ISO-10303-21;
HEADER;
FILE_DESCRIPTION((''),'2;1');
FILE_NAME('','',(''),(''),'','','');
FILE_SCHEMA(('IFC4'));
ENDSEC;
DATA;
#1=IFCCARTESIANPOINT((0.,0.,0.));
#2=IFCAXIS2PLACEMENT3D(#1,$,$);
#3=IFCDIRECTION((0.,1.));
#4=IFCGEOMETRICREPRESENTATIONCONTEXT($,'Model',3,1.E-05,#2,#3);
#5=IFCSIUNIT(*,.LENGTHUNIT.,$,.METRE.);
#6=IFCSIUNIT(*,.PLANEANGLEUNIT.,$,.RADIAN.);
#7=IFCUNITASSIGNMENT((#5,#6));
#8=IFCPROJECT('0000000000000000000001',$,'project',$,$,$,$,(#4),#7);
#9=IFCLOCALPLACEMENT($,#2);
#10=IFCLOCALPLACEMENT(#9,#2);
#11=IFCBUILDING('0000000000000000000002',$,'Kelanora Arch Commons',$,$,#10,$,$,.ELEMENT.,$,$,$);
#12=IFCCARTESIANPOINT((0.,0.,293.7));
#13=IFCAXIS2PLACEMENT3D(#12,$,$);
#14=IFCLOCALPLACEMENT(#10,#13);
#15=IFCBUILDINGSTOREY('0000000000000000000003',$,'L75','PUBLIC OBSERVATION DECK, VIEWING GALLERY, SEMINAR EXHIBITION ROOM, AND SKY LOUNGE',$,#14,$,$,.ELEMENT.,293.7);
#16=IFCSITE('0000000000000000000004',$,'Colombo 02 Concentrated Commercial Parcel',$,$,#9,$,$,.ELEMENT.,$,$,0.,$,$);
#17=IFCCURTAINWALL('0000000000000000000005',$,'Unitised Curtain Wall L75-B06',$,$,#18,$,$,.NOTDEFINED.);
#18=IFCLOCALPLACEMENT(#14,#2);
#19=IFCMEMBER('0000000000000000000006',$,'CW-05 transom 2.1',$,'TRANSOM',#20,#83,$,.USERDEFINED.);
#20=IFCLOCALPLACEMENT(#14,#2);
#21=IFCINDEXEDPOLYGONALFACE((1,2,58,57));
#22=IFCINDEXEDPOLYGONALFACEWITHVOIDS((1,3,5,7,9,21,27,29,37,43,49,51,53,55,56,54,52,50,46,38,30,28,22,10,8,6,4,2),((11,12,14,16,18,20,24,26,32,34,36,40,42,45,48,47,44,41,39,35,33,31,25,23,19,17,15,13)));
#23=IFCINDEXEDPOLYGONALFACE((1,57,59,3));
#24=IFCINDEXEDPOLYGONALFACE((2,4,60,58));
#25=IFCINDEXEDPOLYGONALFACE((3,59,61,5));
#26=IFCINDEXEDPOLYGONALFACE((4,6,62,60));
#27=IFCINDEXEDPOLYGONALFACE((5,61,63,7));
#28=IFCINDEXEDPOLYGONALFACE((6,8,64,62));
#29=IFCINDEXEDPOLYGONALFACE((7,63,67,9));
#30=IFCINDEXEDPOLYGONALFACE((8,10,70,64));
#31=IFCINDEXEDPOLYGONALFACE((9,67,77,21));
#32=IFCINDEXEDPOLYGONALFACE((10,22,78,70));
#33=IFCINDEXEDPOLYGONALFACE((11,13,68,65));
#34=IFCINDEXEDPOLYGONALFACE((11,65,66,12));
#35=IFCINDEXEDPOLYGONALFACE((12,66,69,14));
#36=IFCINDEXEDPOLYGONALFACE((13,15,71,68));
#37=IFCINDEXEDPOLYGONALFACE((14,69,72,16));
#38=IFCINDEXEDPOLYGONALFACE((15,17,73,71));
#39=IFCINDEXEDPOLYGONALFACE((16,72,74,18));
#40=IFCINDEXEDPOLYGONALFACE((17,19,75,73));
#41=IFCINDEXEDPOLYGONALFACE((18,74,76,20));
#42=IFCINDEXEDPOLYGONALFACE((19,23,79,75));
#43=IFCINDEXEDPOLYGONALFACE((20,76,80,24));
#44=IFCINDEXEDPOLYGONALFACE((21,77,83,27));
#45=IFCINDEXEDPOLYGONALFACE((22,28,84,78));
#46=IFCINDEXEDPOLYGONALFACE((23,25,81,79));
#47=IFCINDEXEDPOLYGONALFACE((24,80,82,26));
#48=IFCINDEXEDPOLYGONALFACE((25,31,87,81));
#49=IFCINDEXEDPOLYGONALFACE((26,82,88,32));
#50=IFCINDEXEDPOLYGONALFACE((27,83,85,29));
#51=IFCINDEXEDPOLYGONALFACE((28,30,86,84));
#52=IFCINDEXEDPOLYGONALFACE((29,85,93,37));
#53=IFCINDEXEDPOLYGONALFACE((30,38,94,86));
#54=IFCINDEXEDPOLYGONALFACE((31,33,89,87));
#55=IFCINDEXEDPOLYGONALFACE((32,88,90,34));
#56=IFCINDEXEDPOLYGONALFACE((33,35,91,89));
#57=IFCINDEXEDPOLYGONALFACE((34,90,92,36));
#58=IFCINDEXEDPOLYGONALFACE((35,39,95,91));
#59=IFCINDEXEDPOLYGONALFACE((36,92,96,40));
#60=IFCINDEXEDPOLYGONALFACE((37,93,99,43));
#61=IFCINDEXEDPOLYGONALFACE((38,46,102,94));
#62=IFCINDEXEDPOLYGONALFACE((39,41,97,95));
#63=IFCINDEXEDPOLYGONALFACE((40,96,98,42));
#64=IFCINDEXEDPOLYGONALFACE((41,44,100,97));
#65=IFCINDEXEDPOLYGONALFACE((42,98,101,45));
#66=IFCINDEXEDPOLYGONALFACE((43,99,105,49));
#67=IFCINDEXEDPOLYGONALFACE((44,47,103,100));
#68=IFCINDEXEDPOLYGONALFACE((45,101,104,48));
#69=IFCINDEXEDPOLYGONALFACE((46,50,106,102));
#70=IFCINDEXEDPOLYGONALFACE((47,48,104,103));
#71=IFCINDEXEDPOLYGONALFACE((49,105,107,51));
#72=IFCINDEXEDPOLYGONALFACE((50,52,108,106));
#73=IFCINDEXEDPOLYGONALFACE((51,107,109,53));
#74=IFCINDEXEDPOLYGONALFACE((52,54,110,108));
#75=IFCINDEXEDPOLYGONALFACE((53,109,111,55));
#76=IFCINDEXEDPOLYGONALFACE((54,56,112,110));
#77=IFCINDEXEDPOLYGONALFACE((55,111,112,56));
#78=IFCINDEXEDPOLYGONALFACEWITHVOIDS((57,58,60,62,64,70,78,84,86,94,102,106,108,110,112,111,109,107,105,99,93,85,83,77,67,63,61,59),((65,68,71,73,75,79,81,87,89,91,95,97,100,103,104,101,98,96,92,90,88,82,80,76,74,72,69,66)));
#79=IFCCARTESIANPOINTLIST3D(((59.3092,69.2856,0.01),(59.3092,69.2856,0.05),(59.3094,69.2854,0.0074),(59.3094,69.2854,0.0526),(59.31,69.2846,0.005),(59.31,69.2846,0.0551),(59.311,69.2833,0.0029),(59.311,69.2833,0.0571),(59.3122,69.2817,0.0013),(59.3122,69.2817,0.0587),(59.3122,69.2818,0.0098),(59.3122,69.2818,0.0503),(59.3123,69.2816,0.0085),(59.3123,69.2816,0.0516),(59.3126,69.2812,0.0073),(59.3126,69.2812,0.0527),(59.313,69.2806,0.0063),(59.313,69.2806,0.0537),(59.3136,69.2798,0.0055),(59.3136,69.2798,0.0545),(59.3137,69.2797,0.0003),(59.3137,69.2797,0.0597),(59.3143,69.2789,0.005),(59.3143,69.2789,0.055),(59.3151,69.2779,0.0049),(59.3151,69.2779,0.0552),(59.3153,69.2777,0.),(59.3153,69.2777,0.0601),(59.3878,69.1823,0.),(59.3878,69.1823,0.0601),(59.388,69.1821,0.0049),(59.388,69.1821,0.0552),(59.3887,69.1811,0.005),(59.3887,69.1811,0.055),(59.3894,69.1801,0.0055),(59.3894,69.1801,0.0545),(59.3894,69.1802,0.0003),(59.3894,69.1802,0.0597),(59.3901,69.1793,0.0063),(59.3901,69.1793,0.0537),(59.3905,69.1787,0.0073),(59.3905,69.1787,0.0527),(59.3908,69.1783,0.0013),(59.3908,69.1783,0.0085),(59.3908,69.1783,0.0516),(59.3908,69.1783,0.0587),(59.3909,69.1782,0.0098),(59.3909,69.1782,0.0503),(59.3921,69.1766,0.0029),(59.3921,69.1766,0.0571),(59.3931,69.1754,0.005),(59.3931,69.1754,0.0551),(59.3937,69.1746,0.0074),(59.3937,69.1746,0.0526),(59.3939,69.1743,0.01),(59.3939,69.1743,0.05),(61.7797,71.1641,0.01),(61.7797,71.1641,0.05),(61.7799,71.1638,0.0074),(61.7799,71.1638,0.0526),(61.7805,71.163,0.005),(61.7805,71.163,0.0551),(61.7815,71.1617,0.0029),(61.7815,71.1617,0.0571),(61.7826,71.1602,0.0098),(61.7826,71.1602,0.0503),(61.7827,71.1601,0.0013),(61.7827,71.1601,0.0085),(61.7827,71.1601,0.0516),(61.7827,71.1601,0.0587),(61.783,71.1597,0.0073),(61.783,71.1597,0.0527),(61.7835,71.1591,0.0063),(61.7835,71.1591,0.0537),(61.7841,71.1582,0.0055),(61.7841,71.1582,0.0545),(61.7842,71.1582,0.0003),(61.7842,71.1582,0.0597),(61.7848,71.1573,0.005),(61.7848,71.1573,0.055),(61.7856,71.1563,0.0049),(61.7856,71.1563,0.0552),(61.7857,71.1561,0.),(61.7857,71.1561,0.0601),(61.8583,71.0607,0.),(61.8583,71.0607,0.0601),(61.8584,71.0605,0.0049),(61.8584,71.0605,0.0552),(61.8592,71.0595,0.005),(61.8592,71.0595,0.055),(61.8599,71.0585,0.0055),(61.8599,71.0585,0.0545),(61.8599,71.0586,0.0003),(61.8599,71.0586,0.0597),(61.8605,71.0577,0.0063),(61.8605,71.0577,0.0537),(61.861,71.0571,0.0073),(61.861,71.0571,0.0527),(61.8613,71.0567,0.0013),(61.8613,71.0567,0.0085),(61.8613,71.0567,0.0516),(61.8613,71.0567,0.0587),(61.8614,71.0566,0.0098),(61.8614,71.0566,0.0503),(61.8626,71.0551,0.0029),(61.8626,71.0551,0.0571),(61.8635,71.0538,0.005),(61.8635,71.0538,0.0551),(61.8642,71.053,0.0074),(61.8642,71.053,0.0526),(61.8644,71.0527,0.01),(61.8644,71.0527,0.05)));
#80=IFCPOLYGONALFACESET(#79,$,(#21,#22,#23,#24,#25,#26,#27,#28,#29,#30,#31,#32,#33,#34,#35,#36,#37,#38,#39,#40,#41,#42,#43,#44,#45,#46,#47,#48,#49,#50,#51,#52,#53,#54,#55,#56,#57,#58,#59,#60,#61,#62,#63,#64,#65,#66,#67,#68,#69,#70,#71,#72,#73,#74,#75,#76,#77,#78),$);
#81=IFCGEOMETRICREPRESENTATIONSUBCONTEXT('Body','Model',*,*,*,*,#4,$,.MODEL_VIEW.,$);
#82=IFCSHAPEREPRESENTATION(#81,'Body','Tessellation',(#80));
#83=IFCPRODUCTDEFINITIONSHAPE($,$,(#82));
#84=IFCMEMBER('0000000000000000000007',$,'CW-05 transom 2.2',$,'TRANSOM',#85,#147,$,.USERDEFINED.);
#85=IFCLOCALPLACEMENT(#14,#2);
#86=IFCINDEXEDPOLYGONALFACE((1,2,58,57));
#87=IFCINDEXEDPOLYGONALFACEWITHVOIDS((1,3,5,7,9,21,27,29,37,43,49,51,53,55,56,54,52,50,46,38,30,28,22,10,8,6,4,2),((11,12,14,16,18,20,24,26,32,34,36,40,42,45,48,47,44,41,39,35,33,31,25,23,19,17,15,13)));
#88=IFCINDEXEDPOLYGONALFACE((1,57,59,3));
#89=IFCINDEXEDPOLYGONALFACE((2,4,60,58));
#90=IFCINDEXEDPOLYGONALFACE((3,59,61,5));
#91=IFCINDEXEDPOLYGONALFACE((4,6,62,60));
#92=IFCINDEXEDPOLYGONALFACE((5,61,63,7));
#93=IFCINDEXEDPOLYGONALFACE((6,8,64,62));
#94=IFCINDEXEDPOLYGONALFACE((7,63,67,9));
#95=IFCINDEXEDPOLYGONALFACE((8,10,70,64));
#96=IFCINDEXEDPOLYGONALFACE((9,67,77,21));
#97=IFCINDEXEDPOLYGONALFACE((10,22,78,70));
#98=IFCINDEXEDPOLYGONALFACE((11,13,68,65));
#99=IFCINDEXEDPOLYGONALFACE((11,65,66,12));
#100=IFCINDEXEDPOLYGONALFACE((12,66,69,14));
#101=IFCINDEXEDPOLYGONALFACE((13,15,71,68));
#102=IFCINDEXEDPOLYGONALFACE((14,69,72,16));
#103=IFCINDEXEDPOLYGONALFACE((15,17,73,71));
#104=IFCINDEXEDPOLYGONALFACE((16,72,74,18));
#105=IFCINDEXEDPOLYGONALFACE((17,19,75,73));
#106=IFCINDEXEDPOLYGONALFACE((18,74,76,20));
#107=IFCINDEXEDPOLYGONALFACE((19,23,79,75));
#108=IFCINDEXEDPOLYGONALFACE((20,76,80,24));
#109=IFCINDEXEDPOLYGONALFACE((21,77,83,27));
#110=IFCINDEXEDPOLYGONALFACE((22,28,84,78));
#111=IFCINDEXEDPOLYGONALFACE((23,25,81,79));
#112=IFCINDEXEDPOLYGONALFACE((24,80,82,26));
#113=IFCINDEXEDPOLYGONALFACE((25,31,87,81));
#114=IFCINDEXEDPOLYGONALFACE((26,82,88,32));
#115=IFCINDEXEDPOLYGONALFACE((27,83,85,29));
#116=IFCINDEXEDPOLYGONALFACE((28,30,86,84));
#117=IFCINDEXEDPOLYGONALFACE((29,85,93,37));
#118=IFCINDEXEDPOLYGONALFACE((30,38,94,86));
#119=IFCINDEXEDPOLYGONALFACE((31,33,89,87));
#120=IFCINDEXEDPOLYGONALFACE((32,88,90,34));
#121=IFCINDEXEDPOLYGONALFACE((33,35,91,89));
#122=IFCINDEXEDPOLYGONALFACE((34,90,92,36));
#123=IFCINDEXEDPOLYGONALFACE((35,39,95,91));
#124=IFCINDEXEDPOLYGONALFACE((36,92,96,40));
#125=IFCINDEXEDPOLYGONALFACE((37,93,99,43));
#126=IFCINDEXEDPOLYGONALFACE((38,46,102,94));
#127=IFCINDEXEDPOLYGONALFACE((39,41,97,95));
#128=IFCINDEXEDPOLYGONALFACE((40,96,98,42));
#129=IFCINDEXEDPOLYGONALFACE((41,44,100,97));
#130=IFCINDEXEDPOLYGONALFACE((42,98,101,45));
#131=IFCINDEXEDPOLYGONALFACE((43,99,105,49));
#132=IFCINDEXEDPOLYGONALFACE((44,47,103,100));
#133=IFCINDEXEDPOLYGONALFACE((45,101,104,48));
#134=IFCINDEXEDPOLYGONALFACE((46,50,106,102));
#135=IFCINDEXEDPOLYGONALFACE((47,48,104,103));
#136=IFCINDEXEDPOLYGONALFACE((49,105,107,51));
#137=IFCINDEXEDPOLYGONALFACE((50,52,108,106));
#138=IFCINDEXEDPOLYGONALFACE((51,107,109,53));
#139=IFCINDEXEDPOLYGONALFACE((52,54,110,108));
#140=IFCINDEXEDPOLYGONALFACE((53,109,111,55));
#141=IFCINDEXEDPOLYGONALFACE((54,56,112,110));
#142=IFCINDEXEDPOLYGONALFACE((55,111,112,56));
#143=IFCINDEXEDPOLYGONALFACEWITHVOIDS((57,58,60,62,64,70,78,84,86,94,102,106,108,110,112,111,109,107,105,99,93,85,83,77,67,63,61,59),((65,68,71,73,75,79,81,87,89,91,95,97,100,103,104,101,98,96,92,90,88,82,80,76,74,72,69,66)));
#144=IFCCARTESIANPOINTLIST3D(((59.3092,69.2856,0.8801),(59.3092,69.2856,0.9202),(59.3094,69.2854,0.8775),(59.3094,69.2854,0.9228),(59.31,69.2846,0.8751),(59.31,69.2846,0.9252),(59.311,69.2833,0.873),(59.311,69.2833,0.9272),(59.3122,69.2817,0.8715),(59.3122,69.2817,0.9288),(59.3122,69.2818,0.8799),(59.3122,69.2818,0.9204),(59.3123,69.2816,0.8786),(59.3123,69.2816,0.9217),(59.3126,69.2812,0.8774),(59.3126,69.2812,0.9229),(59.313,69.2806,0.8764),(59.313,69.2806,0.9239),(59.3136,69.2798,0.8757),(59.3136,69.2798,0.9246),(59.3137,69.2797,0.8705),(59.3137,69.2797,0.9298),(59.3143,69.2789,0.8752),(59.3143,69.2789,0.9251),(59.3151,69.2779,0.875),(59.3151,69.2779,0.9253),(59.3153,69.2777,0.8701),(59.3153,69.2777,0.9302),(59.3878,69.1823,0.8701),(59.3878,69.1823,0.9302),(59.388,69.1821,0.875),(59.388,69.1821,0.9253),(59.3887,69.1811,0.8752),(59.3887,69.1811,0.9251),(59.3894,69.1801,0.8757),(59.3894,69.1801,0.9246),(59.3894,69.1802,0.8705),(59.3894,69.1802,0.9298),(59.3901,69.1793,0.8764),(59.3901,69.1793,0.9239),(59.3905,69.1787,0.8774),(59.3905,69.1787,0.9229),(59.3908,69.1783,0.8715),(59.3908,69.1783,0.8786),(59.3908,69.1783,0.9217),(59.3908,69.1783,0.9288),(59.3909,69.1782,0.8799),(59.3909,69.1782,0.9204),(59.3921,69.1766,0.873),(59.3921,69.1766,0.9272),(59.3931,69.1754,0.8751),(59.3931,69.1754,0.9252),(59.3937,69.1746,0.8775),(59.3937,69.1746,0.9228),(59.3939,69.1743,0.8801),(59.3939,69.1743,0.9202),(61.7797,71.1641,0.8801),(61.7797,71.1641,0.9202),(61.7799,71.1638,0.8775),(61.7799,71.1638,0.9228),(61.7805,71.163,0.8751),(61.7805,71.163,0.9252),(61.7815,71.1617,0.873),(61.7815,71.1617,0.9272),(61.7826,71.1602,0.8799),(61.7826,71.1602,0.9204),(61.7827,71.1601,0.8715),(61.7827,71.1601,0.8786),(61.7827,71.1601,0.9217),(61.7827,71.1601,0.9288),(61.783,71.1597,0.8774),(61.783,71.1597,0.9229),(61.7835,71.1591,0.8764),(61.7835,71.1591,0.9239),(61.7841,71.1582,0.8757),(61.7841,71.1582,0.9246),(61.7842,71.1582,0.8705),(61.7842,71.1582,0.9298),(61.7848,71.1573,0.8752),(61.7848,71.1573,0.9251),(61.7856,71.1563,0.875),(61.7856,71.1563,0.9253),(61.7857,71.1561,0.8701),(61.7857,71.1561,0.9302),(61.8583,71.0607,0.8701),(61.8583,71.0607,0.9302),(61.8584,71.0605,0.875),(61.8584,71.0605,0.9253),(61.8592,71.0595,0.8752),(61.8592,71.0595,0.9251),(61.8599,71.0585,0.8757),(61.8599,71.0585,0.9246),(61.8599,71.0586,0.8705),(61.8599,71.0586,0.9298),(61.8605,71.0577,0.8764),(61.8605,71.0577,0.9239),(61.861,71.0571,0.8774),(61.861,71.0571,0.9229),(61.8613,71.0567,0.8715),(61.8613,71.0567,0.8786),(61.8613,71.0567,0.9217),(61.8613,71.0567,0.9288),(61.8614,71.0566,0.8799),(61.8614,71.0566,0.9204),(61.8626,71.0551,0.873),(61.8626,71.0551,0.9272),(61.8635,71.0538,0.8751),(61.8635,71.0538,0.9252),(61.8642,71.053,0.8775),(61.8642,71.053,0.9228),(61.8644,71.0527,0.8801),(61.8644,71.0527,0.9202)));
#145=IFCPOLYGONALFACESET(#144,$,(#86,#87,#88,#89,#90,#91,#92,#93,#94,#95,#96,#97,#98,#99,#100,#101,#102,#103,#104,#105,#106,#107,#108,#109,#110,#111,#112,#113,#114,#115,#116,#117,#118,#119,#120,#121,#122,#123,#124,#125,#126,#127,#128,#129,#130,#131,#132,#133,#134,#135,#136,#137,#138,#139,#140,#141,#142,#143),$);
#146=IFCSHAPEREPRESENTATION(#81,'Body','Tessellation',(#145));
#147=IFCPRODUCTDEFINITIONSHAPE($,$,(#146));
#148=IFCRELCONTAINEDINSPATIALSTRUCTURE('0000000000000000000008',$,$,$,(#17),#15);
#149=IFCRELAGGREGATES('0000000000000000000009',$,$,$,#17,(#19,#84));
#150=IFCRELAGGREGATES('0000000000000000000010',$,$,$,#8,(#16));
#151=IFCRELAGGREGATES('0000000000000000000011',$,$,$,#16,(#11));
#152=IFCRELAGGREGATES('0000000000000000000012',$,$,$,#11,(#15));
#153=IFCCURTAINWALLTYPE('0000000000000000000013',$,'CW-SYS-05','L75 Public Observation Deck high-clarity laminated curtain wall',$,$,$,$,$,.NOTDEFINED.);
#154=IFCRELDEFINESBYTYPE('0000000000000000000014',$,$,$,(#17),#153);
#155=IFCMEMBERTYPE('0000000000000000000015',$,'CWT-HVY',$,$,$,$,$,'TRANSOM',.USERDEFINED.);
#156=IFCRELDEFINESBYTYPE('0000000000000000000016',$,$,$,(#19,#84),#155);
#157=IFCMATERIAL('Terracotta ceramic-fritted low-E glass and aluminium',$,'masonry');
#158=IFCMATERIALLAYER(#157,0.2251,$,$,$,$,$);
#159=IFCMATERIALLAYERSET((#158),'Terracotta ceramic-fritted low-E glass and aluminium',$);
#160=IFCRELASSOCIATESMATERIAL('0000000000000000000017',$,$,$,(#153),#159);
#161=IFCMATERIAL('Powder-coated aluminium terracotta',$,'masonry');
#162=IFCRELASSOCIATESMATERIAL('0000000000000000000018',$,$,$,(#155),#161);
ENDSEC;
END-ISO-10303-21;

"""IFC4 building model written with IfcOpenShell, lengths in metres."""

from ifc_helpers import new_model, si_unit, direction, frame, origin, origin_2d, place, context, subcontext, project, spatial, hollow_rectangle, extrude, material, layer, layer_set, material_profile, profile_set, type_object, element, aggregate, save


model = new_model("IFC4")

# Units and contexts
model_context = context("Model", 3, precision=1e-05, world=origin(), true_north=direction((0.0, 1.0)))
body_context = subcontext(model_context, "Body", "Model", "MODEL_VIEW")
ifc_project = project(units=[si_unit("LENGTHUNIT", "METRE"), si_unit("PLANEANGLEUNIT", "RADIAN")], contexts=[model_context])

# Site, building, storey
site_placement = place(None, origin())
site = spatial("IfcSite", under=ifc_project, at=site_placement, Name="Colombo 02 Concentrated Commercial Parcel", CompositionType="ELEMENT", RefElevation=0.0)
building_placement = place(site_placement, origin())
building = spatial("IfcBuilding", under=site, at=building_placement, Name="Kelanora Arch Commons", CompositionType="ELEMENT")
storey_placement = place(building_placement, frame((0.0, 0.0, 293.7)))
storey = spatial("IfcBuildingStorey", under=building, at=storey_placement, Name="L75", Description="PUBLIC OBSERVATION DECK, VIEWING GALLERY, SEMINAR EXHIBITION ROOM, AND SKY LOUNGE", CompositionType="ELEMENT", Elevation=293.7)

# Curtain wall
ifc_material_1 = material(Name="Terracotta ceramic-fritted low-E glass and aluminium", Category="masonry")
ifc_layer_1 = layer(ifc_material_1, 0.2251)
ifc_layer_set_1 = layer_set([ifc_layer_1], Name="Terracotta ceramic-fritted low-E glass and aluminium")
curtain_wall_type = type_object("IfcCurtainWallType", Name="CW-SYS-05", Description="L75 Public Observation Deck high-clarity laminated curtain wall", PredefinedType="NOTDEFINED", material=ifc_layer_set_1)
curtain_wall_1_placement = place(storey_placement, origin())
curtain_wall_1 = element("IfcCurtainWall", 1, at=curtain_wall_1_placement, inside=storey, type_object=curtain_wall_type, Name="Unitised Curtain Wall L75-B06", PredefinedType="NOTDEFINED")
ifc_material_2 = material(Name="Powder-coated aluminium terracotta", Category="masonry")

# Members
ifc_material_profile_1 = material_profile(ifc_material_2, hollow_rectangle(XDim=0.1399, YDim=0.0601, WallThickness=0.0049, InnerFilletRadius=0.0049, OuterFilletRadius=0.01, at=origin_2d()), Name="CWT140x60")
ifc_profile_set_1 = profile_set([ifc_material_profile_1], Name="Powder-coated aluminium terracotta")
member_type_1 = type_object("IfcMemberType", Name="CWT-HVY", ElementType="TRANSOM", PredefinedType="USERDEFINED", material=ifc_profile_set_1)
member_1_placement = place(storey_placement, frame((61.822, 71.1084, 0.03), z_axis=(-0.796027, -0.605261, 0.0), x_axis=(0.605261, -0.796027, 0.0)))
member_1 = element("IfcMember", 2, at=member_1_placement, type_object=member_type_1, Name="CW-05 transom 2.1", ObjectType="TRANSOM", PredefinedType="USERDEFINED", context=body_context, shape_type="SweptSolid", body=[
    extrude(hollow_rectangle(XDim=0.1399, YDim=0.0601, WallThickness=0.0049, InnerFilletRadius=0.0049, OuterFilletRadius=0.01, at=origin_2d()), origin(), (0.0, 0.0, 1.0), 3.1035),
])
member_2_placement = place(storey_placement, frame((61.822, 71.1084, 0.9001), z_axis=(-0.796027, -0.605261, 0.0), x_axis=(0.605261, -0.796027, 0.0)))
member_2 = element("IfcMember", 3, at=member_2_placement, type_object=member_type_1, Name="CW-05 transom 2.2", ObjectType="TRANSOM", PredefinedType="USERDEFINED", context=body_context, shape_type="SweptSolid", body=[
    extrude(hollow_rectangle(XDim=0.1399, YDim=0.0601, WallThickness=0.0049, InnerFilletRadius=0.0049, OuterFilletRadius=0.01, at=origin_2d()), origin(), (0.0, 0.0, 1.0), 3.1035),
])

aggregate(curtain_wall_1, [member_1, member_2])

save(model, "model.ifc")
